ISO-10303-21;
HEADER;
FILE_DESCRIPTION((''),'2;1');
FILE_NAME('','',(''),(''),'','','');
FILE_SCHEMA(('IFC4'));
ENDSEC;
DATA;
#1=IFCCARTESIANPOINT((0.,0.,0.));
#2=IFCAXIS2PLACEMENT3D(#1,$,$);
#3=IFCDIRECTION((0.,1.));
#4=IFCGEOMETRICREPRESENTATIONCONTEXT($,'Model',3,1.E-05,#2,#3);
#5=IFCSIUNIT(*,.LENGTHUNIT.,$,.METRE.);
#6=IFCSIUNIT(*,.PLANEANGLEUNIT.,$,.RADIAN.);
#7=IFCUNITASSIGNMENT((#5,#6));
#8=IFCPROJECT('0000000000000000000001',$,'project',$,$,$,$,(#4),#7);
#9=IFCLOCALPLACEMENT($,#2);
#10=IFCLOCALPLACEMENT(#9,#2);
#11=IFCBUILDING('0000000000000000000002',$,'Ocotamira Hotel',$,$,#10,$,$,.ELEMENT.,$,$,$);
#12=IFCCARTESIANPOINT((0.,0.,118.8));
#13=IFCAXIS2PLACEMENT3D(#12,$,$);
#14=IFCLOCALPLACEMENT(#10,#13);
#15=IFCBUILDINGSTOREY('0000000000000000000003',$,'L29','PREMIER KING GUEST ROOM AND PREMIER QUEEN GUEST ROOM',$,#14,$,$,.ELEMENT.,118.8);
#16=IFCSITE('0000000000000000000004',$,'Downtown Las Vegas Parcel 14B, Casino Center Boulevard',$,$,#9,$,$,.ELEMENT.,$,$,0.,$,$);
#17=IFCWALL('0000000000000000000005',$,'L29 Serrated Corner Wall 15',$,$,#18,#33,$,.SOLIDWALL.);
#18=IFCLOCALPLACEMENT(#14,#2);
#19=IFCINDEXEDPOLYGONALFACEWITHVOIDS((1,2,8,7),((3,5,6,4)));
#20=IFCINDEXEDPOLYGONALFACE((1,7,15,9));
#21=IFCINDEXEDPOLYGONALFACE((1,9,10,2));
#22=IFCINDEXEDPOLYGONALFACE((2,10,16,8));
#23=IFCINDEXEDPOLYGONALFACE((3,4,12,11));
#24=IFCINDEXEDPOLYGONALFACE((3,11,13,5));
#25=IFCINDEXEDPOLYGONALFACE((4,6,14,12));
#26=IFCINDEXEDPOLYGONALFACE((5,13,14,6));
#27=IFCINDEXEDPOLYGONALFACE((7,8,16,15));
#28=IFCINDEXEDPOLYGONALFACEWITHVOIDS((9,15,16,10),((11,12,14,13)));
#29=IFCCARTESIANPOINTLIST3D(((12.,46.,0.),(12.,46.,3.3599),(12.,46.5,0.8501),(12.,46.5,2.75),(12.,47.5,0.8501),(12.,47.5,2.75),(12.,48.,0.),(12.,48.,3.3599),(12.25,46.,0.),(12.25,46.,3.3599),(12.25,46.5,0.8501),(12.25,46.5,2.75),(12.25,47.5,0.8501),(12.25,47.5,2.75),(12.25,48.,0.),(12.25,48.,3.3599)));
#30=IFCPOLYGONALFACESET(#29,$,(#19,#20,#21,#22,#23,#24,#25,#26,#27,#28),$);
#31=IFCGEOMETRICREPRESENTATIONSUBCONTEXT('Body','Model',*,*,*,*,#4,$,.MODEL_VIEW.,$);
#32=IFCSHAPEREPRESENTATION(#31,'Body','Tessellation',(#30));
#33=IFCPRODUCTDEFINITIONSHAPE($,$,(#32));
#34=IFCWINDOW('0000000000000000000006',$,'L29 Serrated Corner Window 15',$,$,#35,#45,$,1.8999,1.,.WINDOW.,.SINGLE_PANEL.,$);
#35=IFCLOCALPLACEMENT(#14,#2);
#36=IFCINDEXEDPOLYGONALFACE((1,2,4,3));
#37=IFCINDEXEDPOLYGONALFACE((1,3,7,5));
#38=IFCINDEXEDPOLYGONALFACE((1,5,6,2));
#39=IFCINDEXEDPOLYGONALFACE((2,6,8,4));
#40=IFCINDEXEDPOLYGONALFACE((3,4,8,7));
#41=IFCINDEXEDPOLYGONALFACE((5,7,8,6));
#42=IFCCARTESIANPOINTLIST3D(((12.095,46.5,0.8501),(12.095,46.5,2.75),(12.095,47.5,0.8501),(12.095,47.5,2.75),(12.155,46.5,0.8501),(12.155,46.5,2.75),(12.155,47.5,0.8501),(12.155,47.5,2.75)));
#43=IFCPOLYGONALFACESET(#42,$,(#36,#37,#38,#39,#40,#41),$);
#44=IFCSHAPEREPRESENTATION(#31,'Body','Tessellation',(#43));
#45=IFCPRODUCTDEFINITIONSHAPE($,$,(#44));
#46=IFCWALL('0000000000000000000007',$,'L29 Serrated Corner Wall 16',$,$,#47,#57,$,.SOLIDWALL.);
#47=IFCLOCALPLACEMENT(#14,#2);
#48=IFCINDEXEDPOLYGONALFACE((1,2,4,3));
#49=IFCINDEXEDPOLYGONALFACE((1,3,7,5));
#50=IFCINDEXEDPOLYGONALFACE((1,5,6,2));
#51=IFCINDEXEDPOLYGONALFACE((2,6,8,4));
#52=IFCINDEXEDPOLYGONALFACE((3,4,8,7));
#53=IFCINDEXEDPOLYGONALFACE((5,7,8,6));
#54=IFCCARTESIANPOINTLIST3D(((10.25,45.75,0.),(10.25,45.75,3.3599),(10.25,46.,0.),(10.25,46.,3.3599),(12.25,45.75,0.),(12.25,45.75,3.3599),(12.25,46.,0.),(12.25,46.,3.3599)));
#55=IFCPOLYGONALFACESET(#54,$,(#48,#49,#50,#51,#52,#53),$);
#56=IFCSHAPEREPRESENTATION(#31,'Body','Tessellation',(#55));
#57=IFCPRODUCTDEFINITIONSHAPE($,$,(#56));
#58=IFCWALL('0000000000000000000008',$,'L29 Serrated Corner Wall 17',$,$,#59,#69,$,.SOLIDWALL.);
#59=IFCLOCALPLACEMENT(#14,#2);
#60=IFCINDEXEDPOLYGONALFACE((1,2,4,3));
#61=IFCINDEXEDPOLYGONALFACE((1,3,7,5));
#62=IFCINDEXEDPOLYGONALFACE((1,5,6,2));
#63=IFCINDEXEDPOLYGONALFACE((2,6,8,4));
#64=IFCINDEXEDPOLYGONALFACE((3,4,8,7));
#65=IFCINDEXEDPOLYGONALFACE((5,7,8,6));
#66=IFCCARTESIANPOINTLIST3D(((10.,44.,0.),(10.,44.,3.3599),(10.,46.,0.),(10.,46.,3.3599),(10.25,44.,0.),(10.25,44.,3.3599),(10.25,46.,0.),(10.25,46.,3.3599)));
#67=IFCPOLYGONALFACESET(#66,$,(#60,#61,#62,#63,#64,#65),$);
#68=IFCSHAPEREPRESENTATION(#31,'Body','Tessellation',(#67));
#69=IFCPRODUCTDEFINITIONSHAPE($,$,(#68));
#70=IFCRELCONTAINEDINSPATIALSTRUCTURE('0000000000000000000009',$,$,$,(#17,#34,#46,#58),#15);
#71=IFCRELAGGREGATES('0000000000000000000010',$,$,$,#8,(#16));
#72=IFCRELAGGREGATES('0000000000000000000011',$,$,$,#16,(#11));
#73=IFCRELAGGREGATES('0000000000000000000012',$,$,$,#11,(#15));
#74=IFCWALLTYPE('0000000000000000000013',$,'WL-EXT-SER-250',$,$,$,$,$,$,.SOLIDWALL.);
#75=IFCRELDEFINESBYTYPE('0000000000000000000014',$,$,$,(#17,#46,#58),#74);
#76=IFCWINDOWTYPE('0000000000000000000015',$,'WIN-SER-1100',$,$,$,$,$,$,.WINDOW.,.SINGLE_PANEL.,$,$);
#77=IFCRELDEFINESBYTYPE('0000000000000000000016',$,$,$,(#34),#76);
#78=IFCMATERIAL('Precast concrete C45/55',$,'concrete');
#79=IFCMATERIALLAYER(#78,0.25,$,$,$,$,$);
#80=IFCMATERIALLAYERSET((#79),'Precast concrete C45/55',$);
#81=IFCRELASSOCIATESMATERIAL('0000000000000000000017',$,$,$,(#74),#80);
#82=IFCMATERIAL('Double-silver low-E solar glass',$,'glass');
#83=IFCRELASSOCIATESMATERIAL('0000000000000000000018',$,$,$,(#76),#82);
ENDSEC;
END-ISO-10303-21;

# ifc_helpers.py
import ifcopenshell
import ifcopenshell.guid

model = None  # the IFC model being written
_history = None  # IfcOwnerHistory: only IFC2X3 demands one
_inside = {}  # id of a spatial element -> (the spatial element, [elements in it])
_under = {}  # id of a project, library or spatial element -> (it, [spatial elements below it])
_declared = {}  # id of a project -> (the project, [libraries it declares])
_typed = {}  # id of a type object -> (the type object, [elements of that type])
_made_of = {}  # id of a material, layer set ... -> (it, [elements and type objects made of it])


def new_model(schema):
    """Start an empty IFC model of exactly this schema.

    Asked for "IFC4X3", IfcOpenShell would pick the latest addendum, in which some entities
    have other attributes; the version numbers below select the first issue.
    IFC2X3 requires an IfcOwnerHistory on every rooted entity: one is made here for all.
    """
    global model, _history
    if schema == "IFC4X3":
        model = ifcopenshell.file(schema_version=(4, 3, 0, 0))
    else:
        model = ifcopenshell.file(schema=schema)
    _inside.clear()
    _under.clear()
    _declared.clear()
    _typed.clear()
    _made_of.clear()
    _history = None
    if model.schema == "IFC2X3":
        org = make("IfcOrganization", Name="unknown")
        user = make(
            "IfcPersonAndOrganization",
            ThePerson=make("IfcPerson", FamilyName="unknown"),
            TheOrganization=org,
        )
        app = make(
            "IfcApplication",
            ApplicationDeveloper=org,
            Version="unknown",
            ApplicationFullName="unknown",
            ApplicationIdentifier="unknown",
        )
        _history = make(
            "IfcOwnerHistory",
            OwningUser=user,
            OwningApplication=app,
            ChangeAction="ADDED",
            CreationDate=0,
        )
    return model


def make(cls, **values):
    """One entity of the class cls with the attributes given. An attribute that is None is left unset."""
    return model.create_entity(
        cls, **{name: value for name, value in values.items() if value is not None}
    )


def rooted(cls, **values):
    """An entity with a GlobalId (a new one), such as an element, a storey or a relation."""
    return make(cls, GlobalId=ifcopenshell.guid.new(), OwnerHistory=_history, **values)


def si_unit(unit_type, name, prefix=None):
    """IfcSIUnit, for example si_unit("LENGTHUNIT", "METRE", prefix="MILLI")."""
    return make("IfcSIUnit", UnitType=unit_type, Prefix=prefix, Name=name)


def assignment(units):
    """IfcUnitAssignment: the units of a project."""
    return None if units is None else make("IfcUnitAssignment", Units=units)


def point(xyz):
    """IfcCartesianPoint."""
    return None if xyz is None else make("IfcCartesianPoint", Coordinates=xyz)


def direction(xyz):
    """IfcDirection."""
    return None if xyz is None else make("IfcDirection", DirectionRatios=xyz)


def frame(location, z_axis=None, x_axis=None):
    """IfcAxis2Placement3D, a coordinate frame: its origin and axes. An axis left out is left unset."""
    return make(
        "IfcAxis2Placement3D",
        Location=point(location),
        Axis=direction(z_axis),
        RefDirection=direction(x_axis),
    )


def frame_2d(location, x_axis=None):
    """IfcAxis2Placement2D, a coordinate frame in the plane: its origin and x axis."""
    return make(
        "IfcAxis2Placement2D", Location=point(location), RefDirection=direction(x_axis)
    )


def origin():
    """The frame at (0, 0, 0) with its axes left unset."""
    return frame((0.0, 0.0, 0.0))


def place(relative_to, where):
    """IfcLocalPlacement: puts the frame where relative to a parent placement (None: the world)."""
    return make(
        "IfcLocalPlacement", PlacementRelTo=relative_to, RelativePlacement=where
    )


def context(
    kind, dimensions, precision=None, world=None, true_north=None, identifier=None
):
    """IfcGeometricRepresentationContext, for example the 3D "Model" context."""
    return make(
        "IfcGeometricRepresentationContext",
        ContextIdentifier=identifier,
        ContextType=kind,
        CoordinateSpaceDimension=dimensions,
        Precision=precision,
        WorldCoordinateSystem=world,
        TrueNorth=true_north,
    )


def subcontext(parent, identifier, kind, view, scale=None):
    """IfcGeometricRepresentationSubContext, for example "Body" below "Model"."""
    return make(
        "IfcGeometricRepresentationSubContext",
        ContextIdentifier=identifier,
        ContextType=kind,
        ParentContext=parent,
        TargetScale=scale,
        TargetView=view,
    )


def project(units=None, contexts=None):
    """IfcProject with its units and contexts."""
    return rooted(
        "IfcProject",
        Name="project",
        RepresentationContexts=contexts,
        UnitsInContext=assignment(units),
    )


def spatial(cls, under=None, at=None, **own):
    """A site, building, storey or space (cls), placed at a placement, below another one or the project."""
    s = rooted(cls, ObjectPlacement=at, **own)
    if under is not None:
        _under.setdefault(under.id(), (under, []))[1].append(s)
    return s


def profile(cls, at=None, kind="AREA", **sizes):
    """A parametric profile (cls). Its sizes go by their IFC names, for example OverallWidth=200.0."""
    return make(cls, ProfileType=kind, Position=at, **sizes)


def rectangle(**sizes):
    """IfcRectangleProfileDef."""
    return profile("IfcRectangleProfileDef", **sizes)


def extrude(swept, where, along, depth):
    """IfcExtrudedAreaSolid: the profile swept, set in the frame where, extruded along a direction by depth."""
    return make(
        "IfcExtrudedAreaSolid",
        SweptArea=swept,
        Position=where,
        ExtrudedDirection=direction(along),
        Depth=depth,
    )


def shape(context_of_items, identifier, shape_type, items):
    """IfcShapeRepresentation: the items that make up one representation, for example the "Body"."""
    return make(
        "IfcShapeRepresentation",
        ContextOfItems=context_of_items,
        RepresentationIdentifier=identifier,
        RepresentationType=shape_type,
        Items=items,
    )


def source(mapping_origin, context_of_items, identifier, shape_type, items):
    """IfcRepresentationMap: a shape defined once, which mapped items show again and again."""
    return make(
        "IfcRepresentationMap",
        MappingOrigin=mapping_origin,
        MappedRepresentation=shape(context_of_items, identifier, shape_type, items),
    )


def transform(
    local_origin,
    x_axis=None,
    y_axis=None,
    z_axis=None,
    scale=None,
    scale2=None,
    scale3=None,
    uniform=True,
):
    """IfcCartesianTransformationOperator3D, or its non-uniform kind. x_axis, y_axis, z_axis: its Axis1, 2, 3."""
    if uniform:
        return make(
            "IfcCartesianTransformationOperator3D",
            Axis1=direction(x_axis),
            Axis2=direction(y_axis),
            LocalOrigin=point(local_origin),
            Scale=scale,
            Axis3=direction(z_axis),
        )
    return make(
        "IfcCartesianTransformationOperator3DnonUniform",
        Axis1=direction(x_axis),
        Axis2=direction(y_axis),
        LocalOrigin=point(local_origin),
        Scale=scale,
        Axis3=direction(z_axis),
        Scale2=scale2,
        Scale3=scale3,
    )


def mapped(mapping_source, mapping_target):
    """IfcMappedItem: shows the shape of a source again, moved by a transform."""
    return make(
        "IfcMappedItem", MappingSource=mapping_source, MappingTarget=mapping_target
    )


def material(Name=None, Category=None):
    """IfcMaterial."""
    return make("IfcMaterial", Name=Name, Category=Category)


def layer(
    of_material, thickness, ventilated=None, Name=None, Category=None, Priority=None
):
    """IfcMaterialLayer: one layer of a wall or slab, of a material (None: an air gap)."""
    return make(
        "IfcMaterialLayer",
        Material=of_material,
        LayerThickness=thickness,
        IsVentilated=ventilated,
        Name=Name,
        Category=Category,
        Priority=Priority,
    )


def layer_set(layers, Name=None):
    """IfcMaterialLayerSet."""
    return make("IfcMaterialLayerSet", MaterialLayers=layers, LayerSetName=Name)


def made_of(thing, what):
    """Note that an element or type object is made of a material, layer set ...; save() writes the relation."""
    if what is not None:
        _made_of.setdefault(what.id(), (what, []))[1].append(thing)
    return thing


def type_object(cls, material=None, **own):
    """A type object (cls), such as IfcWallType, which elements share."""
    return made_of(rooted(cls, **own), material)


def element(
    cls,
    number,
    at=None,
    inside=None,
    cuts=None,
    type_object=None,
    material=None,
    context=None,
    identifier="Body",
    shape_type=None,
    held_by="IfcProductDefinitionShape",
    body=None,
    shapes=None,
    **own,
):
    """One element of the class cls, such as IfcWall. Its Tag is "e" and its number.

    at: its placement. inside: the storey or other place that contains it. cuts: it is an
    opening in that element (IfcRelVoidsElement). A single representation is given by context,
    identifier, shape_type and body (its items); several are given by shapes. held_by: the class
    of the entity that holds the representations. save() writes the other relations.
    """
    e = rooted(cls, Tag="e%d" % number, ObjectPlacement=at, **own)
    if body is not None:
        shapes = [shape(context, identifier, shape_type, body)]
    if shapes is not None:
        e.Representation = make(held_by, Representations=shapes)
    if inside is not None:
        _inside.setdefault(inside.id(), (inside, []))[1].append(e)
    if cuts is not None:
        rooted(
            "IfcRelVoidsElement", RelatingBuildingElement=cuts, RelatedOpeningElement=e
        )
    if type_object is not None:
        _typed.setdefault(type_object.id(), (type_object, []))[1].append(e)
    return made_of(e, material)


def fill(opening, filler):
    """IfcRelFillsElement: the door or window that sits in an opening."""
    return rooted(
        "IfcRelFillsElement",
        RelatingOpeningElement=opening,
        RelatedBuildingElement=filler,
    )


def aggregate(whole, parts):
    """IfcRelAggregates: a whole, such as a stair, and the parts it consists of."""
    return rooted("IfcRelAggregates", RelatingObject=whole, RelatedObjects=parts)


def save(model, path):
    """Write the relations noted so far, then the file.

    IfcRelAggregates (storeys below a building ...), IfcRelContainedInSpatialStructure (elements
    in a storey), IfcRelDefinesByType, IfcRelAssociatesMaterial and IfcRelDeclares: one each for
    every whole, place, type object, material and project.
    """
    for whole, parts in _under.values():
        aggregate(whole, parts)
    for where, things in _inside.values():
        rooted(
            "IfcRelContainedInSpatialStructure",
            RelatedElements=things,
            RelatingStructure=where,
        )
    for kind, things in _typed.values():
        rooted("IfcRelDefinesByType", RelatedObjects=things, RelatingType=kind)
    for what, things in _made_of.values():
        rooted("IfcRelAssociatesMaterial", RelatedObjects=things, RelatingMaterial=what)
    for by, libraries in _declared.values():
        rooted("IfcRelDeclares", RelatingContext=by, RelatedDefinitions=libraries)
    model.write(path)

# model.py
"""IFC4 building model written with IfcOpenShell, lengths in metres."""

from ifc_helpers import new_model, si_unit, direction, frame, frame_2d, origin, place, context, subcontext, project, spatial, rectangle, extrude, source, transform, mapped, material, layer, layer_set, type_object, element, fill, save


model = new_model("IFC4")

# Units and contexts
model_context = context("Model", 3, precision=1e-05, world=origin(), true_north=direction((0.0, 1.0)))
body_context = subcontext(model_context, "Body", "Model", "MODEL_VIEW")
ifc_project = project(units=[si_unit("LENGTHUNIT", "METRE"), si_unit("PLANEANGLEUNIT", "RADIAN")], contexts=[model_context])

# Site, building, storey
site_placement = place(None, origin())
site = spatial("IfcSite", under=ifc_project, at=site_placement, Name="Downtown Las Vegas Parcel 14B, Casino Center Boulevard", CompositionType="ELEMENT", RefElevation=0.0)
building_placement = place(site_placement, origin())
building = spatial("IfcBuilding", under=site, at=building_placement, Name="Ocotamira Hotel", CompositionType="ELEMENT")
storey_placement = place(building_placement, frame((0.0, 0.0, 118.8)))
storey = spatial("IfcBuildingStorey", under=building, at=storey_placement, Name="L29", Description="PREMIER KING GUEST ROOM AND PREMIER QUEEN GUEST ROOM", CompositionType="ELEMENT", Elevation=118.8)

# Shared definitions
ifc_material_1 = material(Name="Precast concrete C45/55", Category="concrete")
ifc_layer_1 = layer(ifc_material_1, 0.25)
ifc_layer_set_1 = layer_set([ifc_layer_1], Name="Precast concrete C45/55")
wall_type = type_object("IfcWallType", Name="WL-EXT-SER-250", PredefinedType="SOLIDWALL", material=ifc_layer_set_1)

# Wall, opening, window
wall_1_placement = place(storey_placement, frame((12.125, 48.0, 0.0), z_axis=(0.0, 0.0, 1.0), x_axis=(0.0, -1.0, 0.0)))
wall_1 = element("IfcWall", 1, at=wall_1_placement, inside=storey, type_object=wall_type, Name="L29 Serrated Corner Wall 15", PredefinedType="SOLIDWALL", context=body_context, shape_type="SweptSolid", body=[
    extrude(rectangle(XDim=2.0, YDim=0.25, at=frame_2d((1.0, 0.0))), origin(), (0.0, 0.0, 1.0), 3.3599),
])
opening_placement = place(wall_1_placement, frame((0.5, 0.0, 0.8501)))
opening = element("IfcOpeningElement", 2, at=opening_placement, cuts=wall_1, PredefinedType="OPENING", context=body_context, shape_type="SweptSolid", body=[
    extrude(rectangle(XDim=1.0, YDim=1.8999, at=frame_2d((0.5, 0.95))), frame((0.0, 0.135, 0.0), z_axis=(0.0, -1.0, 0.0), x_axis=(1.0, 0.0, 0.0)), (0.0, 0.0, 1.0), 0.27),
])
ifc_material_2 = material(Name="Double-silver low-E solar glass", Category="glass")
window_type = type_object("IfcWindowType", Name="WIN-SER-1100", PartitioningType="SINGLE_PANEL", PredefinedType="WINDOW", material=ifc_material_2)
shared_shape_1 = source(origin(), body_context, "Body", "SweptSolid", [
    extrude(rectangle(XDim=1.0, YDim=1.8999, at=frame_2d((0.5, 0.95))), frame((0.0, 0.03, 0.0), z_axis=(0.0, -1.0, 0.0), x_axis=(1.0, 0.0, 0.0)), (0.0, 0.0, 1.0), 0.0601),
])
window_placement = place(opening_placement, origin())
window = element("IfcWindow", 3, at=window_placement, inside=storey, type_object=window_type, Name="L29 Serrated Corner Window 15", OverallHeight=1.8999, OverallWidth=1.0, PartitioningType="SINGLE_PANEL", PredefinedType="WINDOW", context=body_context, shape_type="MappedRepresentation", body=[
    mapped(shared_shape_1, transform((0.0, 0.0, 0.0), scale=1.0)),
])
fill(opening, window)

# Walls
for number, where, z_axis, x_axis, name in (
    (4, (12.25, 45.875, 0.0), (0.0, 0.0, 1.0), (-1.0, 0.0, 0.0), "L29 Serrated Corner Wall 16"),
    (5, (10.125, 46.0, 0.0), (0.0, 0.0, 1.0), (0.0, -1.0, 0.0), "L29 Serrated Corner Wall 17"),
):
    element("IfcWall", number, at=place(storey_placement, frame(where, z_axis=z_axis, x_axis=x_axis)), inside=storey, type_object=wall_type, Name=name, PredefinedType="SOLIDWALL", context=body_context, shape_type="SweptSolid", body=[
        extrude(rectangle(XDim=2.0, YDim=0.25, at=frame_2d((1.0, 0.0))), origin(), (0.0, 0.0, 1.0), 3.3599),
    ])

save(model, "model.ifc")
